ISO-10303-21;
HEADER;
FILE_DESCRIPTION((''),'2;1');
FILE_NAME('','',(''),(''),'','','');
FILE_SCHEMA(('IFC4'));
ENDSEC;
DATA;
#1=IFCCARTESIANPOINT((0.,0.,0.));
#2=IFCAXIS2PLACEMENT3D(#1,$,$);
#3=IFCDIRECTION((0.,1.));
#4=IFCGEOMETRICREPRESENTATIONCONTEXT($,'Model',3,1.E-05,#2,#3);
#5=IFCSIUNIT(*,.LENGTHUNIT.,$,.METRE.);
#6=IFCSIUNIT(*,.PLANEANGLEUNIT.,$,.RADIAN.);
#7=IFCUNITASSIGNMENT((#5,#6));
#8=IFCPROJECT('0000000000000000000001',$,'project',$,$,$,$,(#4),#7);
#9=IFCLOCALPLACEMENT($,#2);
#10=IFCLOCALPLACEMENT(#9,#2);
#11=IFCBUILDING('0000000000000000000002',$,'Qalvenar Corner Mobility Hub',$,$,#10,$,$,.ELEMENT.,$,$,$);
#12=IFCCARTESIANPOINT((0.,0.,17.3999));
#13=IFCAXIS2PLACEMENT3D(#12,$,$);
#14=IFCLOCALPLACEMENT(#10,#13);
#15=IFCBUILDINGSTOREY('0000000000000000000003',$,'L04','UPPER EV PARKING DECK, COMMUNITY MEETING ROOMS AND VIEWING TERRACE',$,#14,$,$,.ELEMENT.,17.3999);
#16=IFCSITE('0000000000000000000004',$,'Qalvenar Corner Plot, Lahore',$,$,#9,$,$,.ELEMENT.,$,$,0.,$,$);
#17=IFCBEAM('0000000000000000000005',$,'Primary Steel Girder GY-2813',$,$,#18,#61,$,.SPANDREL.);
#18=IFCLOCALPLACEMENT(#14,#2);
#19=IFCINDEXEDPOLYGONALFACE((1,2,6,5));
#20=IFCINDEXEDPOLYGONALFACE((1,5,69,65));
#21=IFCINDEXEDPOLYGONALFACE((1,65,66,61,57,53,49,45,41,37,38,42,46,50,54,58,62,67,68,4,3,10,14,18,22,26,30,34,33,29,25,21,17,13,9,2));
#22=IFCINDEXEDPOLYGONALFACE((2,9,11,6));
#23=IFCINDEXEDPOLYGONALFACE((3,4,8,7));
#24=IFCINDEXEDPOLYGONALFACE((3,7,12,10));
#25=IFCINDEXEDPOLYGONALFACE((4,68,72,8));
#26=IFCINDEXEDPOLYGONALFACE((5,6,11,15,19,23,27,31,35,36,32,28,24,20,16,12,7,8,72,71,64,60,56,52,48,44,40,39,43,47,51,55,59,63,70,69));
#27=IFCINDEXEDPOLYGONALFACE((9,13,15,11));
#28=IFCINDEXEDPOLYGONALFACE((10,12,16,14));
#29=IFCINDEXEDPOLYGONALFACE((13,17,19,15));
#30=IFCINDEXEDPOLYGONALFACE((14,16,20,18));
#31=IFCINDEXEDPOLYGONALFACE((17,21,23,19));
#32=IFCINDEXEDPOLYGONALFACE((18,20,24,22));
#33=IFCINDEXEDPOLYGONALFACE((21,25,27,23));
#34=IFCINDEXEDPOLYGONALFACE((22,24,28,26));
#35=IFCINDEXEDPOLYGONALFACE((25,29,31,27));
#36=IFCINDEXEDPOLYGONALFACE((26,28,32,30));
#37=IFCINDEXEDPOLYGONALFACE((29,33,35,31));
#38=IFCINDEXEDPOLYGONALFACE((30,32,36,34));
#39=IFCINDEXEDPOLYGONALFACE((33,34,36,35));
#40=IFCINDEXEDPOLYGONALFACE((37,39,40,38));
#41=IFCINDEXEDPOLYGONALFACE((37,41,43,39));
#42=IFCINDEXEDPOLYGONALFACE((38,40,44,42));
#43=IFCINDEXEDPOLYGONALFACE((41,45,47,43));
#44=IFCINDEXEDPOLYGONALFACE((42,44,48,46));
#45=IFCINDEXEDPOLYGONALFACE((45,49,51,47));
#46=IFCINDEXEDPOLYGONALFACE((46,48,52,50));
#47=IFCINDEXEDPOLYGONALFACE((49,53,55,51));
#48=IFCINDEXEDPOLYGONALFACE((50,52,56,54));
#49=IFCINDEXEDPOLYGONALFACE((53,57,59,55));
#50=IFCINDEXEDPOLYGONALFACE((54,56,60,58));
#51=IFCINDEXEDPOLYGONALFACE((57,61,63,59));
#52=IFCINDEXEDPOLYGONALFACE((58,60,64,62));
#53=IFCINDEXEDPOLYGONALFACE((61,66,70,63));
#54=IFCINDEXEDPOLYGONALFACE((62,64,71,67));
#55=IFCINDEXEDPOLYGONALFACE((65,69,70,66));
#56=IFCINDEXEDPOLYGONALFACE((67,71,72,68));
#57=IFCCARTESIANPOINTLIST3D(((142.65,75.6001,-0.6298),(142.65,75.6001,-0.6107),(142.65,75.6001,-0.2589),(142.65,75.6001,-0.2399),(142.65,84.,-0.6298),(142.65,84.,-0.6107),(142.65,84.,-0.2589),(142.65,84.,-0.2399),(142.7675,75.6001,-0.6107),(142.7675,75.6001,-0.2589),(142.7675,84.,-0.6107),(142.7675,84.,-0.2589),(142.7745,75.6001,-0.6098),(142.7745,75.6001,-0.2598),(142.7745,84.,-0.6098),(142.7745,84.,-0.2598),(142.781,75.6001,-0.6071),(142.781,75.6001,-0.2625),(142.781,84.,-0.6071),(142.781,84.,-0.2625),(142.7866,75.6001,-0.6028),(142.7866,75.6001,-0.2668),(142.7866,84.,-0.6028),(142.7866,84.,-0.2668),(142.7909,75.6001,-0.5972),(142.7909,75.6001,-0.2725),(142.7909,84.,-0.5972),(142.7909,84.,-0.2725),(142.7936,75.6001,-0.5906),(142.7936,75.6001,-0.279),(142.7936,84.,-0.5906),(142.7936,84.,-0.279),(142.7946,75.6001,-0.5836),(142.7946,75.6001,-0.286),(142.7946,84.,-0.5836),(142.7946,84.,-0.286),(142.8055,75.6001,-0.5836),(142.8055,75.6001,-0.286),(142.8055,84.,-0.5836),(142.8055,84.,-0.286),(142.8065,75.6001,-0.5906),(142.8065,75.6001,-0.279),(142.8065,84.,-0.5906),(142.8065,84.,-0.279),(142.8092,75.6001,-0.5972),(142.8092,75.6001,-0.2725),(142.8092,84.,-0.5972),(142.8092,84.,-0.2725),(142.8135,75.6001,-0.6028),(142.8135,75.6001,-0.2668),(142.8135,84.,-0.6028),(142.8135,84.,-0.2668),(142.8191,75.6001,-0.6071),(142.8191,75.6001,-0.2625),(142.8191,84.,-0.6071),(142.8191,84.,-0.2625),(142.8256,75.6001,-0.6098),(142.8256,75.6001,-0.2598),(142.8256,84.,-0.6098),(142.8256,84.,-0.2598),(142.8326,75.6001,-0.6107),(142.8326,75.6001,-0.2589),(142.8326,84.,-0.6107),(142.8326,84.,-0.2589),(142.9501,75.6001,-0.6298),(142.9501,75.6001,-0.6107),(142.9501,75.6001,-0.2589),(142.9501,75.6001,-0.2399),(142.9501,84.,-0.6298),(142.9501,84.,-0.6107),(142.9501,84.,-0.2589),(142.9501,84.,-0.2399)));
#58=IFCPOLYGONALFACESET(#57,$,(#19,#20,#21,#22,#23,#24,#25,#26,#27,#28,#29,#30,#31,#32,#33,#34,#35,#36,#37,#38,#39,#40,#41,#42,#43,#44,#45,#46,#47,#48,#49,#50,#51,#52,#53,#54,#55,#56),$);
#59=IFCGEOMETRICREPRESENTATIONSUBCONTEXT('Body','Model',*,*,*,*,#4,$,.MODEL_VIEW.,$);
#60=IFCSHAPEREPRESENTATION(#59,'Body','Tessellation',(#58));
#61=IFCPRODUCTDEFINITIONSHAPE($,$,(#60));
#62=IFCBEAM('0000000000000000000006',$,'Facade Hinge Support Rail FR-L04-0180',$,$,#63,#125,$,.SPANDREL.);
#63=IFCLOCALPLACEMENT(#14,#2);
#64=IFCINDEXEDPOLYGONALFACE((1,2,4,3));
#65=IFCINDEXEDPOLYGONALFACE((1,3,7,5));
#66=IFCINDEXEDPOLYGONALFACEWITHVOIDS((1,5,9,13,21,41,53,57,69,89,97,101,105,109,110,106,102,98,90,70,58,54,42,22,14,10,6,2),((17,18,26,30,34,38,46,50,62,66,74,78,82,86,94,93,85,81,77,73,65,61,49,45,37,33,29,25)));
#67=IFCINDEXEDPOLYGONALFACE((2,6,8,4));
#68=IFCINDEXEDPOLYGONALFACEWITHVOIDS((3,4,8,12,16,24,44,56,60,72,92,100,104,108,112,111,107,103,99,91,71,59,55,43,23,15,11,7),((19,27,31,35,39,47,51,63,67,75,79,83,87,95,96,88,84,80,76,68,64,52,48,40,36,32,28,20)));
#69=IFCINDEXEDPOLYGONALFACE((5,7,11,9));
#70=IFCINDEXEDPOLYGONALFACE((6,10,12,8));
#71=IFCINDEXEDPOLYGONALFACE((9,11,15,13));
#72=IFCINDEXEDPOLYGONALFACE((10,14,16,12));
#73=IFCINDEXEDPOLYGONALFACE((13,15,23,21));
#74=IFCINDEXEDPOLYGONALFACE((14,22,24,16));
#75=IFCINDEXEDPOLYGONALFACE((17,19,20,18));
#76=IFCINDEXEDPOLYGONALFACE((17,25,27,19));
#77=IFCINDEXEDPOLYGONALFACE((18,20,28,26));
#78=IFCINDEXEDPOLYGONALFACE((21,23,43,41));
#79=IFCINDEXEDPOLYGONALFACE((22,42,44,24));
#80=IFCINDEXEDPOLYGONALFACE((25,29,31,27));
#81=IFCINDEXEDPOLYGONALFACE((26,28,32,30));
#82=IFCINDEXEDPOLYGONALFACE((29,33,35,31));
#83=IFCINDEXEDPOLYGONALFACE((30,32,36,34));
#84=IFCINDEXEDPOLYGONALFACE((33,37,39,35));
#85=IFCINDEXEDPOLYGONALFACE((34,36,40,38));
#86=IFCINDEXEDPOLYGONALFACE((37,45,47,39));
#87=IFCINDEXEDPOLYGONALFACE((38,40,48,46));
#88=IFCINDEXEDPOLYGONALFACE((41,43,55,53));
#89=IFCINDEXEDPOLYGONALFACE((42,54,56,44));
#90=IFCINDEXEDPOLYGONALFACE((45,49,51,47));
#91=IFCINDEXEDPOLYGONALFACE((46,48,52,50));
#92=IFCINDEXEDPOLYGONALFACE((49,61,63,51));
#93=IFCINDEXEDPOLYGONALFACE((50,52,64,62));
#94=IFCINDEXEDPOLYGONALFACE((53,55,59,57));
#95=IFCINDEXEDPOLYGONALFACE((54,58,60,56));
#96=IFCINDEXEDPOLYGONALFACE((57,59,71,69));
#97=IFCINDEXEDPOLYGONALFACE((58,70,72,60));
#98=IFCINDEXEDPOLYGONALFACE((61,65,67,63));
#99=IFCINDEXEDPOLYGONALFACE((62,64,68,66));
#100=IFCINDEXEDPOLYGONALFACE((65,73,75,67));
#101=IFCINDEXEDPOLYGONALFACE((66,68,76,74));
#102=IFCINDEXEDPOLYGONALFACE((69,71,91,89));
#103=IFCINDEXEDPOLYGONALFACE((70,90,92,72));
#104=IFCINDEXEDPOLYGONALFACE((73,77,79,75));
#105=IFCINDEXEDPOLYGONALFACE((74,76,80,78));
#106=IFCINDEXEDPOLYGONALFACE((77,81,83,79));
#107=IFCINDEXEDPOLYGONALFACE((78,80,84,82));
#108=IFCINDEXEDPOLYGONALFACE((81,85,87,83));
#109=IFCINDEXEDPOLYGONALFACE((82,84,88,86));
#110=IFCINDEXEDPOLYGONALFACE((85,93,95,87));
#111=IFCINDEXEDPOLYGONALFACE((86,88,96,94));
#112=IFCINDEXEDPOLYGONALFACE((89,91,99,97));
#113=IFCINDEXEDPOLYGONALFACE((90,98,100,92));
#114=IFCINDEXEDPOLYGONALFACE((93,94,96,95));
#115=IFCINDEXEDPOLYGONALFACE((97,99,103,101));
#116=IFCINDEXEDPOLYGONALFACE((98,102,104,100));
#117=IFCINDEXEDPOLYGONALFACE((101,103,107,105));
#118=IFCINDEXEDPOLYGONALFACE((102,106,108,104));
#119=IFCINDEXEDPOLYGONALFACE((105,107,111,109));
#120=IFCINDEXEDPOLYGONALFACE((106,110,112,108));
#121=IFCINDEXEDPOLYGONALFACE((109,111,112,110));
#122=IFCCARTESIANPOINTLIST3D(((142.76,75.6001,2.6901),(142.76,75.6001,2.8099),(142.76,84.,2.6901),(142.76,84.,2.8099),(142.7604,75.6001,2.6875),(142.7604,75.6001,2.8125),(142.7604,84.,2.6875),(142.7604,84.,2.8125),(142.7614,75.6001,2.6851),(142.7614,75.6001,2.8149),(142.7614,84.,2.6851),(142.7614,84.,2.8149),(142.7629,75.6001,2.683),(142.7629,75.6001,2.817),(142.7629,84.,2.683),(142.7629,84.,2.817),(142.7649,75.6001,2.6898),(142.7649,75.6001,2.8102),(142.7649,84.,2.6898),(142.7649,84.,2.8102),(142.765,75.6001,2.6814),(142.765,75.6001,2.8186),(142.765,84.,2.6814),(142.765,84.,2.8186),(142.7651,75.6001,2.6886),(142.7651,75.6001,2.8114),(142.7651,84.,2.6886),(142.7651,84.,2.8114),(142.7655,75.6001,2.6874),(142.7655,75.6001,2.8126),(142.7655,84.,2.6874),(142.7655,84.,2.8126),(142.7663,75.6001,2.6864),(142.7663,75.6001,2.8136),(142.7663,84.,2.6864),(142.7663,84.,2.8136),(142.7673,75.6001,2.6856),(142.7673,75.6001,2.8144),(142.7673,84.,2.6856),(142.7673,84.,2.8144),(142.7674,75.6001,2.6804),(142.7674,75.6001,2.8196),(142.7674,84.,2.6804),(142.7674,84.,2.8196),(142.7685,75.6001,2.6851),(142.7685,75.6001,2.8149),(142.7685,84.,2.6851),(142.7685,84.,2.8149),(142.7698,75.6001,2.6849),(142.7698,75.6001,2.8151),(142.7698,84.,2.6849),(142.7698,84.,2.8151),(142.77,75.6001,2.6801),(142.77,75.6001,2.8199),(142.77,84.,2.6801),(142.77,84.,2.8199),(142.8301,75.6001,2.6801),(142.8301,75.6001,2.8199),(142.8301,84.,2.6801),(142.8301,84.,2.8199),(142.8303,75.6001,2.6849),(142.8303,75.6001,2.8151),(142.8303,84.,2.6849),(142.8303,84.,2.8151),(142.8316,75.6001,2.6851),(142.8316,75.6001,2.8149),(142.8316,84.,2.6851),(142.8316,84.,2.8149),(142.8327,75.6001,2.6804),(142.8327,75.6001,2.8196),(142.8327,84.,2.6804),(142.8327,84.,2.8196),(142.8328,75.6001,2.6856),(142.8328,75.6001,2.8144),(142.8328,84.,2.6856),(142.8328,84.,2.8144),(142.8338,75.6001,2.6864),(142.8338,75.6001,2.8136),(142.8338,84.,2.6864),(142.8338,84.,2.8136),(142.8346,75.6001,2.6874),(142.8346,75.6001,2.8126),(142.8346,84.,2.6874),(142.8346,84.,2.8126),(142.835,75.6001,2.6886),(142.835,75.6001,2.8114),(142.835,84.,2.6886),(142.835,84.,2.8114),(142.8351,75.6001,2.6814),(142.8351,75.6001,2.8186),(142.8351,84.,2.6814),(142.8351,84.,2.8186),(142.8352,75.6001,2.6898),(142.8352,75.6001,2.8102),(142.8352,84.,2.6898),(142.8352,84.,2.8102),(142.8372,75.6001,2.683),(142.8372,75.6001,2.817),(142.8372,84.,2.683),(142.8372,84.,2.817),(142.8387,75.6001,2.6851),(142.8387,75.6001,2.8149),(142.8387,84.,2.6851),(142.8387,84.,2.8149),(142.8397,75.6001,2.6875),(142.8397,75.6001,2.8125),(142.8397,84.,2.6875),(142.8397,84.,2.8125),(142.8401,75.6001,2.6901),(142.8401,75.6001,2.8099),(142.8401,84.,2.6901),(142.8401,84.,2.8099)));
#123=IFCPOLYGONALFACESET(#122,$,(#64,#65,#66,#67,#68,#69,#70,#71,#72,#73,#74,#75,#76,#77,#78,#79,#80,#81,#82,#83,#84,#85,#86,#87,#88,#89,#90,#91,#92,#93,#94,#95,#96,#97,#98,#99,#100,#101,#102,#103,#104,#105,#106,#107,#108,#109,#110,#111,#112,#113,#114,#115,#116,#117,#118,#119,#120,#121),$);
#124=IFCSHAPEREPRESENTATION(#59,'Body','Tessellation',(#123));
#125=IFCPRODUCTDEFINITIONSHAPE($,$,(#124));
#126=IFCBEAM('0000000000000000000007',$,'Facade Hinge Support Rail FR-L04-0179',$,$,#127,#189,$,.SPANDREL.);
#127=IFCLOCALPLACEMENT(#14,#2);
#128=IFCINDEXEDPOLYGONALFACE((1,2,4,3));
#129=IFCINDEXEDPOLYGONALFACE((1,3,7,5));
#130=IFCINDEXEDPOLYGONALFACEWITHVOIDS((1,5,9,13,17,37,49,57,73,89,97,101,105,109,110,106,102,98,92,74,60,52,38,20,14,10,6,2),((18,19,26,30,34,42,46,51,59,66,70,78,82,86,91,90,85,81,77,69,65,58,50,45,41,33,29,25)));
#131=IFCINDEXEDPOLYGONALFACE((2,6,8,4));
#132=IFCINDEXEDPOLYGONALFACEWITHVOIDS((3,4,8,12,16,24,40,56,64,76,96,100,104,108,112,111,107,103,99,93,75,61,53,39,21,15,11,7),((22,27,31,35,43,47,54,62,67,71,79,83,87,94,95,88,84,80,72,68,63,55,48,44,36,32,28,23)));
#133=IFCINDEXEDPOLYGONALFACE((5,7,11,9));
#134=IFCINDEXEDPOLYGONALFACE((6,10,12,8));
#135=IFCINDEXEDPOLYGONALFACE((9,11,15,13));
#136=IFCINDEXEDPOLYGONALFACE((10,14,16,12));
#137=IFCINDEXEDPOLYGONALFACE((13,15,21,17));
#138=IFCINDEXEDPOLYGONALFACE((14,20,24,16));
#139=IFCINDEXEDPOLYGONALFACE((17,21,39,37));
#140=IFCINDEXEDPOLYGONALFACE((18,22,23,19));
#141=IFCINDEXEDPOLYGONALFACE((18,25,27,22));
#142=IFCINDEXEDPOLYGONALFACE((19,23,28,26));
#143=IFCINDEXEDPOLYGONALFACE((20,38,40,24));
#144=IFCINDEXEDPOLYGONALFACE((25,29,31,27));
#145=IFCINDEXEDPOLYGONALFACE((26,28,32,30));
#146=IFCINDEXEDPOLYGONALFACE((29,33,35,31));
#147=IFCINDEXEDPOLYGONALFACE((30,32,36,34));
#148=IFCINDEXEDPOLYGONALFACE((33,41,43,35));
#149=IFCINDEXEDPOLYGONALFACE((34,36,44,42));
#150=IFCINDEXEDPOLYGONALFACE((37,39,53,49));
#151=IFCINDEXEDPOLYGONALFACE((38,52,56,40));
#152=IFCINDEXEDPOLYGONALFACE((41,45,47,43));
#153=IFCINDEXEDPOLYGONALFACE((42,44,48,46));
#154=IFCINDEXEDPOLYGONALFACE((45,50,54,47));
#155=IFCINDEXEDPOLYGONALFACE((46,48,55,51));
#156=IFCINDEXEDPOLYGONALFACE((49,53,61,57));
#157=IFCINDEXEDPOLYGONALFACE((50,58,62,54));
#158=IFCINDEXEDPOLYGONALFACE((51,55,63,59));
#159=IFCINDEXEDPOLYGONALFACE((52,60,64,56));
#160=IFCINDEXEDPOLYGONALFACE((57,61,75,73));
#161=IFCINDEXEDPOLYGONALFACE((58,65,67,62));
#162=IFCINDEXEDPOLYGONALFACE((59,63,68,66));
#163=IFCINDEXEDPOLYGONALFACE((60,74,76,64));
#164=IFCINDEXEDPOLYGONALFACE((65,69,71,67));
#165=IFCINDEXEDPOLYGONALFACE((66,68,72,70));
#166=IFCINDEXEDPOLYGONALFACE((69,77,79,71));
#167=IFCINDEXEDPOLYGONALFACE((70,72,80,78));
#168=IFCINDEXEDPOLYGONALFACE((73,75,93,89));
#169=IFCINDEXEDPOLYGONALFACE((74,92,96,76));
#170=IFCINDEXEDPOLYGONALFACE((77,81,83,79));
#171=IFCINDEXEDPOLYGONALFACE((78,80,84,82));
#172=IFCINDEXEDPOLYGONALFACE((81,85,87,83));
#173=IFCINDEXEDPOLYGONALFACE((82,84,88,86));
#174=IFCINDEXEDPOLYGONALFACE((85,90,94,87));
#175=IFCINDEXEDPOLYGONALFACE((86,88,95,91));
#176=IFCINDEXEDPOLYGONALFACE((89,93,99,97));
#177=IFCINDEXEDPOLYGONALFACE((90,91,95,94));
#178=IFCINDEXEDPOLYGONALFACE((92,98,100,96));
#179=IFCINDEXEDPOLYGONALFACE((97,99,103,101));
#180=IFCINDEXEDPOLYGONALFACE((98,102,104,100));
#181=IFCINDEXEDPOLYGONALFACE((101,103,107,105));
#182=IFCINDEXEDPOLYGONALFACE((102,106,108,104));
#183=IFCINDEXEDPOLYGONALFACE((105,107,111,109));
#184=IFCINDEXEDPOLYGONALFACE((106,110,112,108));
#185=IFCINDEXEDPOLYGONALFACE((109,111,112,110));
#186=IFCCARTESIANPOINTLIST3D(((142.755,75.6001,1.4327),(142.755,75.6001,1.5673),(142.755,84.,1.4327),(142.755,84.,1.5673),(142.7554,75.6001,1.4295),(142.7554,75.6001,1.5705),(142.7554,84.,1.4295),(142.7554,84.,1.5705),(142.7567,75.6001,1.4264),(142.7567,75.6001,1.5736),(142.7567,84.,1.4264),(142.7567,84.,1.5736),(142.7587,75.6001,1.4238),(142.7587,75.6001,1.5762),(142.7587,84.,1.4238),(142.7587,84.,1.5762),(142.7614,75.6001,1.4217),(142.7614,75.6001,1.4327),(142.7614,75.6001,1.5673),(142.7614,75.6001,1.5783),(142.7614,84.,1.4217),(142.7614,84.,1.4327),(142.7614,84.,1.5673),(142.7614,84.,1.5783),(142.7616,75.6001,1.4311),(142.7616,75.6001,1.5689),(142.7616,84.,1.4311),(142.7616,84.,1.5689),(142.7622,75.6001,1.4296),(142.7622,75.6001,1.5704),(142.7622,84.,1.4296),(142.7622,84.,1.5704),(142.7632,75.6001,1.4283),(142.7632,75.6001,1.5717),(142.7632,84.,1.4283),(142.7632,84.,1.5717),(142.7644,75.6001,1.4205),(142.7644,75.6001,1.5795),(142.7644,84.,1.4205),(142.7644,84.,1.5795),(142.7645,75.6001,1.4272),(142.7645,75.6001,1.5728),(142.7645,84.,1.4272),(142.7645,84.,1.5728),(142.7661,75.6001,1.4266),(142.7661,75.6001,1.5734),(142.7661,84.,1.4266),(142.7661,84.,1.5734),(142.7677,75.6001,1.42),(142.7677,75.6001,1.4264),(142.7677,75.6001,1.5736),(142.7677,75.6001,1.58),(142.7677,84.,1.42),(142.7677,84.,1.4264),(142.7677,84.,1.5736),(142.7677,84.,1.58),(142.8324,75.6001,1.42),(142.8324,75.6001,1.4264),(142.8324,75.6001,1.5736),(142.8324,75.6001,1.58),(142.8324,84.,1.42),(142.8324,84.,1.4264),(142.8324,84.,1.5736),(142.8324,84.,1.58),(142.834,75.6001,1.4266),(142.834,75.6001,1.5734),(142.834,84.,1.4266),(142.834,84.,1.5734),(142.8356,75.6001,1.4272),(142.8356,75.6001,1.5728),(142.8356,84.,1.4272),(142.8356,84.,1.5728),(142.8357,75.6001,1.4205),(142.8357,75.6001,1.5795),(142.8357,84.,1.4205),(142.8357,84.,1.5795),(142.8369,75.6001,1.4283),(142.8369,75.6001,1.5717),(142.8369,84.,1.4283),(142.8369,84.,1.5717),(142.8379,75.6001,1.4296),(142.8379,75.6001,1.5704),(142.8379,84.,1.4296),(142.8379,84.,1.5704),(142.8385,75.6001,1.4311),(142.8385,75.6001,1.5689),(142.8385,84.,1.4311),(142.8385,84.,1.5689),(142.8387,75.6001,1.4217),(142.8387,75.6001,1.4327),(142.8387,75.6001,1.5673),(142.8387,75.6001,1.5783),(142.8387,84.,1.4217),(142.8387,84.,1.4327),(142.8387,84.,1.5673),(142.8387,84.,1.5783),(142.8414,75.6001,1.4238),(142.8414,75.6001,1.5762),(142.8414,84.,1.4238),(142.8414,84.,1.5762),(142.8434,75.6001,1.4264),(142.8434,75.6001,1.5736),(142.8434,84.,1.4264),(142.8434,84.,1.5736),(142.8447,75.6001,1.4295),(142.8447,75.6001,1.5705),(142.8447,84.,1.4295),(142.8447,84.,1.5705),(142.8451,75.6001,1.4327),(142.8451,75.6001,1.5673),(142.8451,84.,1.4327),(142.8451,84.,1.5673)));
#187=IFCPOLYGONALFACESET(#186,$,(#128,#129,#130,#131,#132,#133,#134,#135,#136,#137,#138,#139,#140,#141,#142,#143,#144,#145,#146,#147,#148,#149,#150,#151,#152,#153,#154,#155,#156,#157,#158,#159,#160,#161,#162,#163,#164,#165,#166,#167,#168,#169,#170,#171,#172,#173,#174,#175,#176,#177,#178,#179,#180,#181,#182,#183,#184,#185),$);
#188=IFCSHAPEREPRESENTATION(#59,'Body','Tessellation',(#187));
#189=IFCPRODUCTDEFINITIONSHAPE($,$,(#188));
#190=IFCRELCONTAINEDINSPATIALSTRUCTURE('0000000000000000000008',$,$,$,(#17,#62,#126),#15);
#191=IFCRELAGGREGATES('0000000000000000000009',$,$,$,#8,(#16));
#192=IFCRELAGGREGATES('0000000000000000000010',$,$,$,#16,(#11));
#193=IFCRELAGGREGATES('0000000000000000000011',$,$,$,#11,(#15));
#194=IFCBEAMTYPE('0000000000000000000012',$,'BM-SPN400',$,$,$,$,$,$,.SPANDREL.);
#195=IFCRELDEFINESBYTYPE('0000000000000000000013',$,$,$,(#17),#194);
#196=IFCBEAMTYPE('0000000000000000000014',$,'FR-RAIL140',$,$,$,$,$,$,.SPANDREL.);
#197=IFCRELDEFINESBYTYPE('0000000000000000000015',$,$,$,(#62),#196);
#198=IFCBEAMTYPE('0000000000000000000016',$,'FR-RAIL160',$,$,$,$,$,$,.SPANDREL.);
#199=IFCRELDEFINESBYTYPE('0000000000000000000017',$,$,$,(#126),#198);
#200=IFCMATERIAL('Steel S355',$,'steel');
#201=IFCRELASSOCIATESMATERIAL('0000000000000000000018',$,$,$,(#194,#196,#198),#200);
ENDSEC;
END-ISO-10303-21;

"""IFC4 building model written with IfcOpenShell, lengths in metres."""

from ifc_helpers import new_model, si_unit, direction, frame, origin, origin_2d, place, context, subcontext, project, spatial, hollow_rectangle, i_section, extrude, material, material_profile, profile_set, type_object, element, save


model = new_model("IFC4")

# Units and contexts
model_context = context("Model", 3, precision=1e-05, world=origin(), true_north=direction((0.0, 1.0)))
body_context = subcontext(model_context, "Body", "Model", "MODEL_VIEW")
ifc_project = project(units=[si_unit("LENGTHUNIT", "METRE"), si_unit("PLANEANGLEUNIT", "RADIAN")], contexts=[model_context])

# Site, building, storey
site_placement = place(None, origin())
site = spatial("IfcSite", under=ifc_project, at=site_placement, Name="Qalvenar Corner Plot, Lahore", CompositionType="ELEMENT", RefElevation=0.0)
building_placement = place(site_placement, origin())
building = spatial("IfcBuilding", under=site, at=building_placement, Name="Qalvenar Corner Mobility Hub", CompositionType="ELEMENT")
storey_placement = place(building_placement, frame((0.0, 0.0, 17.3999)))
storey = spatial("IfcBuildingStorey", under=building, at=storey_placement, Name="L04", Description="UPPER EV PARKING DECK, COMMUNITY MEETING ROOMS AND VIEWING TERRACE", CompositionType="ELEMENT", Elevation=17.3999)

# Shared definitions
ifc_material_1 = material(Name="Steel S355", Category="steel")

# Beams
ifc_material_profile_1 = material_profile(ifc_material_1, i_section(OverallWidth=0.3, OverallDepth=0.3899, WebThickness=0.011, FlangeThickness=0.019, FilletRadius=0.0271, at=origin_2d()), Name="HEA400")
ifc_profile_set_1 = profile_set([ifc_material_profile_1], Name="Steel S355")
beam_type_1 = type_object("IfcBeamType", Name="BM-SPN400", PredefinedType="SPANDREL", material=ifc_profile_set_1)
beam_1_placement = place(storey_placement, frame((142.8, 75.6001, -0.4348), z_axis=(0.0, 1.0, 0.0), x_axis=(-1.0, 0.0, 0.0)))
element("IfcBeam", 1, at=beam_1_placement, inside=storey, type_object=beam_type_1, Name="Primary Steel Girder GY-2813", PredefinedType="SPANDREL", context=body_context, shape_type="SweptSolid", body=[
    extrude(i_section(OverallWidth=0.3, OverallDepth=0.3899, WebThickness=0.011, FlangeThickness=0.019, FilletRadius=0.0271, at=origin_2d()), origin(), (0.0, 0.0, 1.0), 8.3999),
])
ifc_material_profile_2 = material_profile(ifc_material_1, hollow_rectangle(XDim=0.0801, YDim=0.1399, WallThickness=0.0049, InnerFilletRadius=0.0049, OuterFilletRadius=0.01, at=origin_2d()), Name="RHS140x80x5")
ifc_profile_set_2 = profile_set([ifc_material_profile_2], Name="Steel S355")
beam_type_2 = type_object("IfcBeamType", Name="FR-RAIL140", PredefinedType="SPANDREL", material=ifc_profile_set_2)
beam_2_placement = place(storey_placement, frame((142.8, 75.6001, 2.75), z_axis=(0.0, 1.0, 0.0), x_axis=(-1.0, 0.0, 0.0)))
element("IfcBeam", 2, at=beam_2_placement, inside=storey, type_object=beam_type_2, Name="Facade Hinge Support Rail FR-L04-0180", PredefinedType="SPANDREL", context=body_context, shape_type="SweptSolid", body=[
    extrude(hollow_rectangle(XDim=0.0801, YDim=0.1399, WallThickness=0.0049, InnerFilletRadius=0.0049, OuterFilletRadius=0.01, at=origin_2d()), origin(), (0.0, 0.0, 1.0), 8.3999),
])
ifc_material_profile_3 = material_profile(ifc_material_1, hollow_rectangle(XDim=0.0901, YDim=0.1599, WallThickness=0.0063, InnerFilletRadius=0.0063, OuterFilletRadius=0.0127, at=origin_2d()), Name="RHS160x90x6.3")
ifc_profile_set_3 = profile_set([ifc_material_profile_3], Name="Steel S355")
beam_type_3 = type_object("IfcBeamType", Name="FR-RAIL160", PredefinedType="SPANDREL", material=ifc_profile_set_3)
beam_3_placement = place(storey_placement, frame((142.8, 75.6001, 1.5), z_axis=(0.0, 1.0, 0.0), x_axis=(-1.0, 0.0, 0.0)))
element("IfcBeam", 3, at=beam_3_placement, inside=storey, type_object=beam_type_3, Name="Facade Hinge Support Rail FR-L04-0179", PredefinedType="SPANDREL", context=body_context, shape_type="SweptSolid", body=[
    extrude(hollow_rectangle(XDim=0.0901, YDim=0.1599, WallThickness=0.0063, InnerFilletRadius=0.0063, OuterFilletRadius=0.0127, at=origin_2d()), origin(), (0.0, 0.0, 1.0), 8.3999),
])

save(model, "model.ifc")
